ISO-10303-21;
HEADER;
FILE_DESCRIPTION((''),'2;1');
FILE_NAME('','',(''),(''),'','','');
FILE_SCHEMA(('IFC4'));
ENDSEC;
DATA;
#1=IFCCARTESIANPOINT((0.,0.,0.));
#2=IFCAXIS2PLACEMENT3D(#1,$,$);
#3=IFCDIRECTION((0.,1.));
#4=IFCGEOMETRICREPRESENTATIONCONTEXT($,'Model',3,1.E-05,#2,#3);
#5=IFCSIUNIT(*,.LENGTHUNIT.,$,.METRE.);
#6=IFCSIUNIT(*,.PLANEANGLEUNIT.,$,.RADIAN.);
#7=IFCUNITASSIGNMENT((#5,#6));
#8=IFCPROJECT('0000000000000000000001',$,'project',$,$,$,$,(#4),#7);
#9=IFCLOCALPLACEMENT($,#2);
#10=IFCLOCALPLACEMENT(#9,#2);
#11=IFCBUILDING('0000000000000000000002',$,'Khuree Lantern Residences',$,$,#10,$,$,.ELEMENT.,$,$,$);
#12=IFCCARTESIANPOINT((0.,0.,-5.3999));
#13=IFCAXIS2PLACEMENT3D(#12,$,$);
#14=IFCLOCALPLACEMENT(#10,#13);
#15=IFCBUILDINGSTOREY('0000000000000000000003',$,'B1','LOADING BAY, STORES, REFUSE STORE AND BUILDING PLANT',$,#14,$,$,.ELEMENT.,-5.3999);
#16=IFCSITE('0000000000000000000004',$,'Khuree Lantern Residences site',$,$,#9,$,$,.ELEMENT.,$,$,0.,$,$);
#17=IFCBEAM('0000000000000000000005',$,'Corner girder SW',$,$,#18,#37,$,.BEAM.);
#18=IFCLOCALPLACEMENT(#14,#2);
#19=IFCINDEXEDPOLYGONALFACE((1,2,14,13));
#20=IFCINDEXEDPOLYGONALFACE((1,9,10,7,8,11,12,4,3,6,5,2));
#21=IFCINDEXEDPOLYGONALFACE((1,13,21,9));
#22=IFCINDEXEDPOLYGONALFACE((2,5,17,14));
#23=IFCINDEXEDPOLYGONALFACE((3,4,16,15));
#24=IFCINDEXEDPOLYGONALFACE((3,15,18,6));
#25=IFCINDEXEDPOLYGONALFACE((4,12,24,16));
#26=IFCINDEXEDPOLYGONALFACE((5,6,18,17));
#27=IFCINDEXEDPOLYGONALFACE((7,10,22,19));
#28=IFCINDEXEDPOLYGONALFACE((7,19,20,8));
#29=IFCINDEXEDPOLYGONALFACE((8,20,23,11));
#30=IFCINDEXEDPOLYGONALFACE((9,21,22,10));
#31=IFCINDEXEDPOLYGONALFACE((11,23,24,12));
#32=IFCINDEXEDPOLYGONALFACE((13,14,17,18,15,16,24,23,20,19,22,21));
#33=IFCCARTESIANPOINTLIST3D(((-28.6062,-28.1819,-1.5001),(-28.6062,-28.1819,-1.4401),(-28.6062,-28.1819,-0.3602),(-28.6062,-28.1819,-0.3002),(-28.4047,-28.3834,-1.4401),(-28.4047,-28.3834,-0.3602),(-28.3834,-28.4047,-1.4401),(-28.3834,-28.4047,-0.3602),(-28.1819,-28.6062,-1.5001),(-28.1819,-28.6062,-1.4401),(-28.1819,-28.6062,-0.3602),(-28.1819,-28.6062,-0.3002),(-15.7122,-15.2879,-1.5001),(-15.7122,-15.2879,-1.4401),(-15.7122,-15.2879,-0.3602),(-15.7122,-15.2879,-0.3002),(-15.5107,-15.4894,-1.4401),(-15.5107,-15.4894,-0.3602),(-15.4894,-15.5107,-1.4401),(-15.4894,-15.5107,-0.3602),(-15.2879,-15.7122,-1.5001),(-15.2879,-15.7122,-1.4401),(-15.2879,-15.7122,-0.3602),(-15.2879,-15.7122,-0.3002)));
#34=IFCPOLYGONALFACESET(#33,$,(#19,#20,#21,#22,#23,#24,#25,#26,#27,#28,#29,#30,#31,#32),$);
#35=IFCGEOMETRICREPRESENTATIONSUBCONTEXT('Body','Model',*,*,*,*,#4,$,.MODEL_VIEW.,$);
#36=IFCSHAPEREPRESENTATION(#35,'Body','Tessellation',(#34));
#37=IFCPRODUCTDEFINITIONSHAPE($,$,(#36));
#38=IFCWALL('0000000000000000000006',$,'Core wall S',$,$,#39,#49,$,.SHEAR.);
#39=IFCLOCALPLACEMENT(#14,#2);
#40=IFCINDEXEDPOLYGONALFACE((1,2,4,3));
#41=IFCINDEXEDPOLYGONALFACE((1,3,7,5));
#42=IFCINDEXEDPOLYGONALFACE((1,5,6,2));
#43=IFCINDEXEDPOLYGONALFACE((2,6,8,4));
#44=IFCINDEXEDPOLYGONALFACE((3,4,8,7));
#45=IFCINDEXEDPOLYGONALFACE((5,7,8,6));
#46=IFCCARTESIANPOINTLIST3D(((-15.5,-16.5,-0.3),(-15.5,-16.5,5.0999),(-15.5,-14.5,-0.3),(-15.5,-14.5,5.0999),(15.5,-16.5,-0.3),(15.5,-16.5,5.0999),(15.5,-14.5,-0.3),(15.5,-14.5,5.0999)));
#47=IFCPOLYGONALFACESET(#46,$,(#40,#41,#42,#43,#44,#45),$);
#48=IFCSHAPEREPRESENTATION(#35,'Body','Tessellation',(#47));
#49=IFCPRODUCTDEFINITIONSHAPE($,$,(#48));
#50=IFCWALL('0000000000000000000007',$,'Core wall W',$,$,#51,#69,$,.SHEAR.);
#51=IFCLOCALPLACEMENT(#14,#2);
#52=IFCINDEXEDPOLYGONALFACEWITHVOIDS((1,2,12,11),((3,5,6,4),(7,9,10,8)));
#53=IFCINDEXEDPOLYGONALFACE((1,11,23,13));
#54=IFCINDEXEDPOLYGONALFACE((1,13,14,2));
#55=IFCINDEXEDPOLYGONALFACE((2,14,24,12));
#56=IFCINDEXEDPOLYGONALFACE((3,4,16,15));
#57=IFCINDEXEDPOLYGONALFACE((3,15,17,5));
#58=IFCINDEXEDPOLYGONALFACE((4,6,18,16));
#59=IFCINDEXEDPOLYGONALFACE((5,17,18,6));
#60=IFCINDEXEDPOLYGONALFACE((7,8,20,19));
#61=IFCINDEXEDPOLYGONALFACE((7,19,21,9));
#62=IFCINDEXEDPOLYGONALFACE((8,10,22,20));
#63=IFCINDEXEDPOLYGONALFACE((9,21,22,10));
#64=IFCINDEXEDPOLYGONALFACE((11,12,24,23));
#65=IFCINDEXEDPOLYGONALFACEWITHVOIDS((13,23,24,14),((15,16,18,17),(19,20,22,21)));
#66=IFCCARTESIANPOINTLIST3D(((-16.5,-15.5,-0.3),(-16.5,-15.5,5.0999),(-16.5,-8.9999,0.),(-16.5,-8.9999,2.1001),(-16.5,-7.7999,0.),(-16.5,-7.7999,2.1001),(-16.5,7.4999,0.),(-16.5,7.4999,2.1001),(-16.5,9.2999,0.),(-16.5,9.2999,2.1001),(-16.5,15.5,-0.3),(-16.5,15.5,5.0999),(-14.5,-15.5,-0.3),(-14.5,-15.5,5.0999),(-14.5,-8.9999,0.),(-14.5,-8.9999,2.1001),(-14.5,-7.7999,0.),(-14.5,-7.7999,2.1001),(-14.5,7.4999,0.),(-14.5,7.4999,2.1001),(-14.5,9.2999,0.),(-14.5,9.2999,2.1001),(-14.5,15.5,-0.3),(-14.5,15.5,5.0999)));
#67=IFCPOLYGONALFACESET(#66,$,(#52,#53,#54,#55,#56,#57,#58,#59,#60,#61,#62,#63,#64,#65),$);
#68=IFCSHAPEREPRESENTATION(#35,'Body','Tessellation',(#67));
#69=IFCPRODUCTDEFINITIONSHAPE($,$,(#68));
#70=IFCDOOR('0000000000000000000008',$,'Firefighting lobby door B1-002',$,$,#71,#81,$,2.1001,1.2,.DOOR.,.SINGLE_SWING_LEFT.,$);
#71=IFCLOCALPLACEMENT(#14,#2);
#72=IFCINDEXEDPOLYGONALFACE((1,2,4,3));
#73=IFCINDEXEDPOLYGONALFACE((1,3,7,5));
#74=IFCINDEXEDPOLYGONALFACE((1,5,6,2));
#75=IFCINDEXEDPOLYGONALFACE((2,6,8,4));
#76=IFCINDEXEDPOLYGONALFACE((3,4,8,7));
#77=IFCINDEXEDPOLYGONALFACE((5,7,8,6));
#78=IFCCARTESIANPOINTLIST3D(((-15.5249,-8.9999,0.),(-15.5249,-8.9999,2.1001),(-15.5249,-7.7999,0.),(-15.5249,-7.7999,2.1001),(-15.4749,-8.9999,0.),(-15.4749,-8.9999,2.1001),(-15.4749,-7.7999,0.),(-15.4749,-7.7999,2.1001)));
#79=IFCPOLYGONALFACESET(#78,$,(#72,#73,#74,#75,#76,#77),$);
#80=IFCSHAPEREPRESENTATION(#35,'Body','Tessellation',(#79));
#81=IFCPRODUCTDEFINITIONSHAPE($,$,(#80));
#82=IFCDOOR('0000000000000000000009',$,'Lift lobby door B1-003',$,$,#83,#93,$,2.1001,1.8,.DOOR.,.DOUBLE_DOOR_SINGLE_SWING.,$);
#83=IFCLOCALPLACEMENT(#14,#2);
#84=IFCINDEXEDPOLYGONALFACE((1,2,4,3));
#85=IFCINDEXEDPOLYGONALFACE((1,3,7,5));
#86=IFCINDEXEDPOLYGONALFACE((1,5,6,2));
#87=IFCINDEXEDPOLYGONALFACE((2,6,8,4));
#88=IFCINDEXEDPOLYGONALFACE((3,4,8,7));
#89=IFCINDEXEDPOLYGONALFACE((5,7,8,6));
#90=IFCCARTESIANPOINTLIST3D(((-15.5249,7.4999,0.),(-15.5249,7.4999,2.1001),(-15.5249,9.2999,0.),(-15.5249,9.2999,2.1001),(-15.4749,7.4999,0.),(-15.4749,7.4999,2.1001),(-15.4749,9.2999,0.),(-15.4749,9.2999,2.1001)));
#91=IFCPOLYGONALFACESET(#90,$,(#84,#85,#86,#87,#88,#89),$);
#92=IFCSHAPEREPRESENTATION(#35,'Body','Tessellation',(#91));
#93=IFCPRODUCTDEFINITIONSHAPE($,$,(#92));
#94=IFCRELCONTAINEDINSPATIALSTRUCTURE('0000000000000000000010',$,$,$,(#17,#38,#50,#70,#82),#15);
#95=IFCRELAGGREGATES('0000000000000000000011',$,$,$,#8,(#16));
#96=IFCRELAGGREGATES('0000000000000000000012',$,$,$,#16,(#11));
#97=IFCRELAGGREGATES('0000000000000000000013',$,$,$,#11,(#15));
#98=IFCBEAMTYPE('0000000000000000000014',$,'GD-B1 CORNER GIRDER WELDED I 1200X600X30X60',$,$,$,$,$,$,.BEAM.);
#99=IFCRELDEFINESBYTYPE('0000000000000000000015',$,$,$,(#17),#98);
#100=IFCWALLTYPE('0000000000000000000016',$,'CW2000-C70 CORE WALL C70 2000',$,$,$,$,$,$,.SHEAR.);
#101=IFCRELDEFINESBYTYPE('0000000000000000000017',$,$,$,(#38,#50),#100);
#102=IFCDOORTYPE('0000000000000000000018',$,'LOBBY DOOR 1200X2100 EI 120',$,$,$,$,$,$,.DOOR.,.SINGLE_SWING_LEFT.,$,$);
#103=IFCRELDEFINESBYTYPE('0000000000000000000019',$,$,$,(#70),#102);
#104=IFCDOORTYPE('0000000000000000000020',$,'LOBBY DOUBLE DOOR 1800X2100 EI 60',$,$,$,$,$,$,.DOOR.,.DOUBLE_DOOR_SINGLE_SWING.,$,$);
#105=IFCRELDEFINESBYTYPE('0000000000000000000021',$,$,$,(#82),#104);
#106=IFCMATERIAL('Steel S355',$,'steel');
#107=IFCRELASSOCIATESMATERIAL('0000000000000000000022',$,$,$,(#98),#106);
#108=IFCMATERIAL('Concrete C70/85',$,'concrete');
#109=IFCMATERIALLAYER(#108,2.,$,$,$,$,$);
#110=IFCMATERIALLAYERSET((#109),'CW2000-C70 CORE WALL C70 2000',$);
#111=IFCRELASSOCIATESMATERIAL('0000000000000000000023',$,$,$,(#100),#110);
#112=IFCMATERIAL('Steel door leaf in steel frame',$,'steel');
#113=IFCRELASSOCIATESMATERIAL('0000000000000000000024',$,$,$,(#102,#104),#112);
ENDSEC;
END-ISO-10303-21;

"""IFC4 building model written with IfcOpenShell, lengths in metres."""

from ifc_helpers import new_model, si_unit, direction, frame, frame_2d, origin, origin_2d, place, context, subcontext, project, spatial, rectangle, i_section, extrude, material, layer, layer_set, material_profile, profile_set, type_object, element, fill, save


model = new_model("IFC4")

# Units and contexts
model_context = context("Model", 3, precision=1e-05, world=origin(), true_north=direction((0.0, 1.0)))
body_context = subcontext(model_context, "Body", "Model", "MODEL_VIEW")
ifc_project = project(units=[si_unit("LENGTHUNIT", "METRE"), si_unit("PLANEANGLEUNIT", "RADIAN")], contexts=[model_context])

# Site, building, storey
site_placement = place(None, origin())
site = spatial("IfcSite", under=ifc_project, at=site_placement, Name="Khuree Lantern Residences site", CompositionType="ELEMENT", RefElevation=0.0)
building_placement = place(site_placement, origin())
building = spatial("IfcBuilding", under=site, at=building_placement, Name="Khuree Lantern Residences", CompositionType="ELEMENT")
storey_placement = place(building_placement, frame((0.0, 0.0, -5.3999)))
storey = spatial("IfcBuildingStorey", under=building, at=storey_placement, Name="B1", Description="LOADING BAY, STORES, REFUSE STORE AND BUILDING PLANT", CompositionType="ELEMENT", Elevation=-5.3999)

# Shared definitions
ifc_material_1 = material(Name="Concrete C70/85", Category="concrete")

# Beam
ifc_material_2 = material(Name="Steel S355", Category="steel")
ifc_material_profile_1 = material_profile(ifc_material_2, i_section(OverallWidth=0.6001, OverallDepth=1.2, WebThickness=0.03, FlangeThickness=0.0601, at=origin_2d()), Name="WELDED I 1200X600X30X60")
ifc_profile_set_1 = profile_set([ifc_material_profile_1], Name="Steel S355")
beam_type_1 = type_object("IfcBeamType", Name="GD-B1 CORNER GIRDER WELDED I 1200X600X30X60", PredefinedType="BEAM", material=ifc_profile_set_1)
beam_1_placement = place(storey_placement, frame((-28.394, -28.394, -0.9001), z_axis=(0.707107, 0.707107, 0.0), x_axis=(-0.707107, 0.707107, 0.0)))
element("IfcBeam", 1, at=beam_1_placement, inside=storey, type_object=beam_type_1, Name="Corner girder SW", PredefinedType="BEAM", context=body_context, shape_type="SweptSolid", body=[
    extrude(i_section(OverallWidth=0.6001, OverallDepth=1.2, WebThickness=0.03, FlangeThickness=0.0601, at=origin_2d()), origin(), (0.0, 0.0, 1.0), 18.2349),
])

# Wall
ifc_layer = layer(ifc_material_1, 2.0)
ifc_layer_set = layer_set([ifc_layer], Name="CW2000-C70 CORE WALL C70 2000")
wall_type = type_object("IfcWallType", Name="CW2000-C70 CORE WALL C70 2000", PredefinedType="SHEAR", material=ifc_layer_set)
wall_1_placement = place(storey_placement, frame((-15.5, -15.5, -0.3), z_axis=(0.0, 0.0, 1.0), x_axis=(1.0, 0.0, 0.0)))
element("IfcWall", 2, at=wall_1_placement, inside=storey, type_object=wall_type, Name="Core wall S", PredefinedType="SHEAR", context=body_context, shape_type="SweptSolid", body=[
    extrude(rectangle(XDim=31.0, YDim=2.0, at=frame_2d((15.5, 0.0))), origin(), (0.0, 0.0, 1.0), 5.3999),
])

# Wall, openings, doors
wall_2_placement = place(storey_placement, frame((-15.5, -15.5, -0.3), z_axis=(0.0, 0.0, 1.0), x_axis=(0.0, 1.0, 0.0)))
wall_2 = element("IfcWall", 3, at=wall_2_placement, inside=storey, type_object=wall_type, Name="Core wall W", PredefinedType="SHEAR", context=body_context, shape_type="SweptSolid", body=[
    extrude(rectangle(XDim=31.0, YDim=2.0, at=frame_2d((15.5, 0.0))), origin(), (0.0, 0.0, 1.0), 5.3999),
])
opening_1_placement = place(wall_2_placement, frame((6.5, 0.0, 0.3)))
opening_1 = element("IfcOpeningElement", 4, at=opening_1_placement, cuts=wall_2, PredefinedType="OPENING", context=body_context, shape_type="SweptSolid", body=[
    extrude(rectangle(XDim=1.2, YDim=2.1001, at=frame_2d((0.6001, 1.05))), frame((0.0, 1.01, 0.0), z_axis=(0.0, -1.0, 0.0), x_axis=(1.0, 0.0, 0.0)), (0.0, 0.0, 1.0), 2.02),
])
opening_2_placement = place(wall_2_placement, frame((23.0, 0.0, 0.3)))
opening_2 = element("IfcOpeningElement", 5, at=opening_2_placement, cuts=wall_2, PredefinedType="OPENING", context=body_context, shape_type="SweptSolid", body=[
    extrude(rectangle(XDim=1.8, YDim=2.1001, at=frame_2d((0.8999, 1.05))), frame((0.0, 1.01, 0.0), z_axis=(0.0, -1.0, 0.0), x_axis=(1.0, 0.0, 0.0)), (0.0, 0.0, 1.0), 2.02),
])
ifc_material_3 = material(Name="Steel door leaf in steel frame", Category="steel")
door_type_1 = type_object("IfcDoorType", Name="LOBBY DOOR 1200X2100 EI 120", OperationType="SINGLE_SWING_LEFT", PredefinedType="DOOR", material=ifc_material_3)
door_1_placement = place(opening_1_placement, origin())
door_1 = element("IfcDoor", 6, at=door_1_placement, inside=storey, type_object=door_type_1, Name="Firefighting lobby door B1-002", OperationType="SINGLE_SWING_LEFT", OverallHeight=2.1001, OverallWidth=1.2, PredefinedType="DOOR", context=body_context, shape_type="SweptSolid", body=[
    extrude(rectangle(XDim=1.2, YDim=2.1001, at=frame_2d((0.6001, 1.05))), frame((0.0, 0.0249, 0.0), z_axis=(0.0, -1.0, 0.0), x_axis=(1.0, 0.0, 0.0)), (0.0, 0.0, 1.0), 0.05),
])
fill(opening_1, door_1)
door_type_2 = type_object("IfcDoorType", Name="LOBBY DOUBLE DOOR 1800X2100 EI 60", OperationType="DOUBLE_DOOR_SINGLE_SWING", PredefinedType="DOOR", material=ifc_material_3)
door_2_placement = place(opening_2_placement, origin())
door_2 = element("IfcDoor", 7, at=door_2_placement, inside=storey, type_object=door_type_2, Name="Lift lobby door B1-003", OperationType="DOUBLE_DOOR_SINGLE_SWING", OverallHeight=2.1001, OverallWidth=1.8, PredefinedType="DOOR", context=body_context, shape_type="SweptSolid", body=[
    extrude(rectangle(XDim=1.8, YDim=2.1001, at=frame_2d((0.8999, 1.05))), frame((0.0, 0.0249, 0.0), z_axis=(0.0, -1.0, 0.0), x_axis=(1.0, 0.0, 0.0)), (0.0, 0.0, 1.0), 0.05),
])
fill(opening_2, door_2)

save(model, "model.ifc")
